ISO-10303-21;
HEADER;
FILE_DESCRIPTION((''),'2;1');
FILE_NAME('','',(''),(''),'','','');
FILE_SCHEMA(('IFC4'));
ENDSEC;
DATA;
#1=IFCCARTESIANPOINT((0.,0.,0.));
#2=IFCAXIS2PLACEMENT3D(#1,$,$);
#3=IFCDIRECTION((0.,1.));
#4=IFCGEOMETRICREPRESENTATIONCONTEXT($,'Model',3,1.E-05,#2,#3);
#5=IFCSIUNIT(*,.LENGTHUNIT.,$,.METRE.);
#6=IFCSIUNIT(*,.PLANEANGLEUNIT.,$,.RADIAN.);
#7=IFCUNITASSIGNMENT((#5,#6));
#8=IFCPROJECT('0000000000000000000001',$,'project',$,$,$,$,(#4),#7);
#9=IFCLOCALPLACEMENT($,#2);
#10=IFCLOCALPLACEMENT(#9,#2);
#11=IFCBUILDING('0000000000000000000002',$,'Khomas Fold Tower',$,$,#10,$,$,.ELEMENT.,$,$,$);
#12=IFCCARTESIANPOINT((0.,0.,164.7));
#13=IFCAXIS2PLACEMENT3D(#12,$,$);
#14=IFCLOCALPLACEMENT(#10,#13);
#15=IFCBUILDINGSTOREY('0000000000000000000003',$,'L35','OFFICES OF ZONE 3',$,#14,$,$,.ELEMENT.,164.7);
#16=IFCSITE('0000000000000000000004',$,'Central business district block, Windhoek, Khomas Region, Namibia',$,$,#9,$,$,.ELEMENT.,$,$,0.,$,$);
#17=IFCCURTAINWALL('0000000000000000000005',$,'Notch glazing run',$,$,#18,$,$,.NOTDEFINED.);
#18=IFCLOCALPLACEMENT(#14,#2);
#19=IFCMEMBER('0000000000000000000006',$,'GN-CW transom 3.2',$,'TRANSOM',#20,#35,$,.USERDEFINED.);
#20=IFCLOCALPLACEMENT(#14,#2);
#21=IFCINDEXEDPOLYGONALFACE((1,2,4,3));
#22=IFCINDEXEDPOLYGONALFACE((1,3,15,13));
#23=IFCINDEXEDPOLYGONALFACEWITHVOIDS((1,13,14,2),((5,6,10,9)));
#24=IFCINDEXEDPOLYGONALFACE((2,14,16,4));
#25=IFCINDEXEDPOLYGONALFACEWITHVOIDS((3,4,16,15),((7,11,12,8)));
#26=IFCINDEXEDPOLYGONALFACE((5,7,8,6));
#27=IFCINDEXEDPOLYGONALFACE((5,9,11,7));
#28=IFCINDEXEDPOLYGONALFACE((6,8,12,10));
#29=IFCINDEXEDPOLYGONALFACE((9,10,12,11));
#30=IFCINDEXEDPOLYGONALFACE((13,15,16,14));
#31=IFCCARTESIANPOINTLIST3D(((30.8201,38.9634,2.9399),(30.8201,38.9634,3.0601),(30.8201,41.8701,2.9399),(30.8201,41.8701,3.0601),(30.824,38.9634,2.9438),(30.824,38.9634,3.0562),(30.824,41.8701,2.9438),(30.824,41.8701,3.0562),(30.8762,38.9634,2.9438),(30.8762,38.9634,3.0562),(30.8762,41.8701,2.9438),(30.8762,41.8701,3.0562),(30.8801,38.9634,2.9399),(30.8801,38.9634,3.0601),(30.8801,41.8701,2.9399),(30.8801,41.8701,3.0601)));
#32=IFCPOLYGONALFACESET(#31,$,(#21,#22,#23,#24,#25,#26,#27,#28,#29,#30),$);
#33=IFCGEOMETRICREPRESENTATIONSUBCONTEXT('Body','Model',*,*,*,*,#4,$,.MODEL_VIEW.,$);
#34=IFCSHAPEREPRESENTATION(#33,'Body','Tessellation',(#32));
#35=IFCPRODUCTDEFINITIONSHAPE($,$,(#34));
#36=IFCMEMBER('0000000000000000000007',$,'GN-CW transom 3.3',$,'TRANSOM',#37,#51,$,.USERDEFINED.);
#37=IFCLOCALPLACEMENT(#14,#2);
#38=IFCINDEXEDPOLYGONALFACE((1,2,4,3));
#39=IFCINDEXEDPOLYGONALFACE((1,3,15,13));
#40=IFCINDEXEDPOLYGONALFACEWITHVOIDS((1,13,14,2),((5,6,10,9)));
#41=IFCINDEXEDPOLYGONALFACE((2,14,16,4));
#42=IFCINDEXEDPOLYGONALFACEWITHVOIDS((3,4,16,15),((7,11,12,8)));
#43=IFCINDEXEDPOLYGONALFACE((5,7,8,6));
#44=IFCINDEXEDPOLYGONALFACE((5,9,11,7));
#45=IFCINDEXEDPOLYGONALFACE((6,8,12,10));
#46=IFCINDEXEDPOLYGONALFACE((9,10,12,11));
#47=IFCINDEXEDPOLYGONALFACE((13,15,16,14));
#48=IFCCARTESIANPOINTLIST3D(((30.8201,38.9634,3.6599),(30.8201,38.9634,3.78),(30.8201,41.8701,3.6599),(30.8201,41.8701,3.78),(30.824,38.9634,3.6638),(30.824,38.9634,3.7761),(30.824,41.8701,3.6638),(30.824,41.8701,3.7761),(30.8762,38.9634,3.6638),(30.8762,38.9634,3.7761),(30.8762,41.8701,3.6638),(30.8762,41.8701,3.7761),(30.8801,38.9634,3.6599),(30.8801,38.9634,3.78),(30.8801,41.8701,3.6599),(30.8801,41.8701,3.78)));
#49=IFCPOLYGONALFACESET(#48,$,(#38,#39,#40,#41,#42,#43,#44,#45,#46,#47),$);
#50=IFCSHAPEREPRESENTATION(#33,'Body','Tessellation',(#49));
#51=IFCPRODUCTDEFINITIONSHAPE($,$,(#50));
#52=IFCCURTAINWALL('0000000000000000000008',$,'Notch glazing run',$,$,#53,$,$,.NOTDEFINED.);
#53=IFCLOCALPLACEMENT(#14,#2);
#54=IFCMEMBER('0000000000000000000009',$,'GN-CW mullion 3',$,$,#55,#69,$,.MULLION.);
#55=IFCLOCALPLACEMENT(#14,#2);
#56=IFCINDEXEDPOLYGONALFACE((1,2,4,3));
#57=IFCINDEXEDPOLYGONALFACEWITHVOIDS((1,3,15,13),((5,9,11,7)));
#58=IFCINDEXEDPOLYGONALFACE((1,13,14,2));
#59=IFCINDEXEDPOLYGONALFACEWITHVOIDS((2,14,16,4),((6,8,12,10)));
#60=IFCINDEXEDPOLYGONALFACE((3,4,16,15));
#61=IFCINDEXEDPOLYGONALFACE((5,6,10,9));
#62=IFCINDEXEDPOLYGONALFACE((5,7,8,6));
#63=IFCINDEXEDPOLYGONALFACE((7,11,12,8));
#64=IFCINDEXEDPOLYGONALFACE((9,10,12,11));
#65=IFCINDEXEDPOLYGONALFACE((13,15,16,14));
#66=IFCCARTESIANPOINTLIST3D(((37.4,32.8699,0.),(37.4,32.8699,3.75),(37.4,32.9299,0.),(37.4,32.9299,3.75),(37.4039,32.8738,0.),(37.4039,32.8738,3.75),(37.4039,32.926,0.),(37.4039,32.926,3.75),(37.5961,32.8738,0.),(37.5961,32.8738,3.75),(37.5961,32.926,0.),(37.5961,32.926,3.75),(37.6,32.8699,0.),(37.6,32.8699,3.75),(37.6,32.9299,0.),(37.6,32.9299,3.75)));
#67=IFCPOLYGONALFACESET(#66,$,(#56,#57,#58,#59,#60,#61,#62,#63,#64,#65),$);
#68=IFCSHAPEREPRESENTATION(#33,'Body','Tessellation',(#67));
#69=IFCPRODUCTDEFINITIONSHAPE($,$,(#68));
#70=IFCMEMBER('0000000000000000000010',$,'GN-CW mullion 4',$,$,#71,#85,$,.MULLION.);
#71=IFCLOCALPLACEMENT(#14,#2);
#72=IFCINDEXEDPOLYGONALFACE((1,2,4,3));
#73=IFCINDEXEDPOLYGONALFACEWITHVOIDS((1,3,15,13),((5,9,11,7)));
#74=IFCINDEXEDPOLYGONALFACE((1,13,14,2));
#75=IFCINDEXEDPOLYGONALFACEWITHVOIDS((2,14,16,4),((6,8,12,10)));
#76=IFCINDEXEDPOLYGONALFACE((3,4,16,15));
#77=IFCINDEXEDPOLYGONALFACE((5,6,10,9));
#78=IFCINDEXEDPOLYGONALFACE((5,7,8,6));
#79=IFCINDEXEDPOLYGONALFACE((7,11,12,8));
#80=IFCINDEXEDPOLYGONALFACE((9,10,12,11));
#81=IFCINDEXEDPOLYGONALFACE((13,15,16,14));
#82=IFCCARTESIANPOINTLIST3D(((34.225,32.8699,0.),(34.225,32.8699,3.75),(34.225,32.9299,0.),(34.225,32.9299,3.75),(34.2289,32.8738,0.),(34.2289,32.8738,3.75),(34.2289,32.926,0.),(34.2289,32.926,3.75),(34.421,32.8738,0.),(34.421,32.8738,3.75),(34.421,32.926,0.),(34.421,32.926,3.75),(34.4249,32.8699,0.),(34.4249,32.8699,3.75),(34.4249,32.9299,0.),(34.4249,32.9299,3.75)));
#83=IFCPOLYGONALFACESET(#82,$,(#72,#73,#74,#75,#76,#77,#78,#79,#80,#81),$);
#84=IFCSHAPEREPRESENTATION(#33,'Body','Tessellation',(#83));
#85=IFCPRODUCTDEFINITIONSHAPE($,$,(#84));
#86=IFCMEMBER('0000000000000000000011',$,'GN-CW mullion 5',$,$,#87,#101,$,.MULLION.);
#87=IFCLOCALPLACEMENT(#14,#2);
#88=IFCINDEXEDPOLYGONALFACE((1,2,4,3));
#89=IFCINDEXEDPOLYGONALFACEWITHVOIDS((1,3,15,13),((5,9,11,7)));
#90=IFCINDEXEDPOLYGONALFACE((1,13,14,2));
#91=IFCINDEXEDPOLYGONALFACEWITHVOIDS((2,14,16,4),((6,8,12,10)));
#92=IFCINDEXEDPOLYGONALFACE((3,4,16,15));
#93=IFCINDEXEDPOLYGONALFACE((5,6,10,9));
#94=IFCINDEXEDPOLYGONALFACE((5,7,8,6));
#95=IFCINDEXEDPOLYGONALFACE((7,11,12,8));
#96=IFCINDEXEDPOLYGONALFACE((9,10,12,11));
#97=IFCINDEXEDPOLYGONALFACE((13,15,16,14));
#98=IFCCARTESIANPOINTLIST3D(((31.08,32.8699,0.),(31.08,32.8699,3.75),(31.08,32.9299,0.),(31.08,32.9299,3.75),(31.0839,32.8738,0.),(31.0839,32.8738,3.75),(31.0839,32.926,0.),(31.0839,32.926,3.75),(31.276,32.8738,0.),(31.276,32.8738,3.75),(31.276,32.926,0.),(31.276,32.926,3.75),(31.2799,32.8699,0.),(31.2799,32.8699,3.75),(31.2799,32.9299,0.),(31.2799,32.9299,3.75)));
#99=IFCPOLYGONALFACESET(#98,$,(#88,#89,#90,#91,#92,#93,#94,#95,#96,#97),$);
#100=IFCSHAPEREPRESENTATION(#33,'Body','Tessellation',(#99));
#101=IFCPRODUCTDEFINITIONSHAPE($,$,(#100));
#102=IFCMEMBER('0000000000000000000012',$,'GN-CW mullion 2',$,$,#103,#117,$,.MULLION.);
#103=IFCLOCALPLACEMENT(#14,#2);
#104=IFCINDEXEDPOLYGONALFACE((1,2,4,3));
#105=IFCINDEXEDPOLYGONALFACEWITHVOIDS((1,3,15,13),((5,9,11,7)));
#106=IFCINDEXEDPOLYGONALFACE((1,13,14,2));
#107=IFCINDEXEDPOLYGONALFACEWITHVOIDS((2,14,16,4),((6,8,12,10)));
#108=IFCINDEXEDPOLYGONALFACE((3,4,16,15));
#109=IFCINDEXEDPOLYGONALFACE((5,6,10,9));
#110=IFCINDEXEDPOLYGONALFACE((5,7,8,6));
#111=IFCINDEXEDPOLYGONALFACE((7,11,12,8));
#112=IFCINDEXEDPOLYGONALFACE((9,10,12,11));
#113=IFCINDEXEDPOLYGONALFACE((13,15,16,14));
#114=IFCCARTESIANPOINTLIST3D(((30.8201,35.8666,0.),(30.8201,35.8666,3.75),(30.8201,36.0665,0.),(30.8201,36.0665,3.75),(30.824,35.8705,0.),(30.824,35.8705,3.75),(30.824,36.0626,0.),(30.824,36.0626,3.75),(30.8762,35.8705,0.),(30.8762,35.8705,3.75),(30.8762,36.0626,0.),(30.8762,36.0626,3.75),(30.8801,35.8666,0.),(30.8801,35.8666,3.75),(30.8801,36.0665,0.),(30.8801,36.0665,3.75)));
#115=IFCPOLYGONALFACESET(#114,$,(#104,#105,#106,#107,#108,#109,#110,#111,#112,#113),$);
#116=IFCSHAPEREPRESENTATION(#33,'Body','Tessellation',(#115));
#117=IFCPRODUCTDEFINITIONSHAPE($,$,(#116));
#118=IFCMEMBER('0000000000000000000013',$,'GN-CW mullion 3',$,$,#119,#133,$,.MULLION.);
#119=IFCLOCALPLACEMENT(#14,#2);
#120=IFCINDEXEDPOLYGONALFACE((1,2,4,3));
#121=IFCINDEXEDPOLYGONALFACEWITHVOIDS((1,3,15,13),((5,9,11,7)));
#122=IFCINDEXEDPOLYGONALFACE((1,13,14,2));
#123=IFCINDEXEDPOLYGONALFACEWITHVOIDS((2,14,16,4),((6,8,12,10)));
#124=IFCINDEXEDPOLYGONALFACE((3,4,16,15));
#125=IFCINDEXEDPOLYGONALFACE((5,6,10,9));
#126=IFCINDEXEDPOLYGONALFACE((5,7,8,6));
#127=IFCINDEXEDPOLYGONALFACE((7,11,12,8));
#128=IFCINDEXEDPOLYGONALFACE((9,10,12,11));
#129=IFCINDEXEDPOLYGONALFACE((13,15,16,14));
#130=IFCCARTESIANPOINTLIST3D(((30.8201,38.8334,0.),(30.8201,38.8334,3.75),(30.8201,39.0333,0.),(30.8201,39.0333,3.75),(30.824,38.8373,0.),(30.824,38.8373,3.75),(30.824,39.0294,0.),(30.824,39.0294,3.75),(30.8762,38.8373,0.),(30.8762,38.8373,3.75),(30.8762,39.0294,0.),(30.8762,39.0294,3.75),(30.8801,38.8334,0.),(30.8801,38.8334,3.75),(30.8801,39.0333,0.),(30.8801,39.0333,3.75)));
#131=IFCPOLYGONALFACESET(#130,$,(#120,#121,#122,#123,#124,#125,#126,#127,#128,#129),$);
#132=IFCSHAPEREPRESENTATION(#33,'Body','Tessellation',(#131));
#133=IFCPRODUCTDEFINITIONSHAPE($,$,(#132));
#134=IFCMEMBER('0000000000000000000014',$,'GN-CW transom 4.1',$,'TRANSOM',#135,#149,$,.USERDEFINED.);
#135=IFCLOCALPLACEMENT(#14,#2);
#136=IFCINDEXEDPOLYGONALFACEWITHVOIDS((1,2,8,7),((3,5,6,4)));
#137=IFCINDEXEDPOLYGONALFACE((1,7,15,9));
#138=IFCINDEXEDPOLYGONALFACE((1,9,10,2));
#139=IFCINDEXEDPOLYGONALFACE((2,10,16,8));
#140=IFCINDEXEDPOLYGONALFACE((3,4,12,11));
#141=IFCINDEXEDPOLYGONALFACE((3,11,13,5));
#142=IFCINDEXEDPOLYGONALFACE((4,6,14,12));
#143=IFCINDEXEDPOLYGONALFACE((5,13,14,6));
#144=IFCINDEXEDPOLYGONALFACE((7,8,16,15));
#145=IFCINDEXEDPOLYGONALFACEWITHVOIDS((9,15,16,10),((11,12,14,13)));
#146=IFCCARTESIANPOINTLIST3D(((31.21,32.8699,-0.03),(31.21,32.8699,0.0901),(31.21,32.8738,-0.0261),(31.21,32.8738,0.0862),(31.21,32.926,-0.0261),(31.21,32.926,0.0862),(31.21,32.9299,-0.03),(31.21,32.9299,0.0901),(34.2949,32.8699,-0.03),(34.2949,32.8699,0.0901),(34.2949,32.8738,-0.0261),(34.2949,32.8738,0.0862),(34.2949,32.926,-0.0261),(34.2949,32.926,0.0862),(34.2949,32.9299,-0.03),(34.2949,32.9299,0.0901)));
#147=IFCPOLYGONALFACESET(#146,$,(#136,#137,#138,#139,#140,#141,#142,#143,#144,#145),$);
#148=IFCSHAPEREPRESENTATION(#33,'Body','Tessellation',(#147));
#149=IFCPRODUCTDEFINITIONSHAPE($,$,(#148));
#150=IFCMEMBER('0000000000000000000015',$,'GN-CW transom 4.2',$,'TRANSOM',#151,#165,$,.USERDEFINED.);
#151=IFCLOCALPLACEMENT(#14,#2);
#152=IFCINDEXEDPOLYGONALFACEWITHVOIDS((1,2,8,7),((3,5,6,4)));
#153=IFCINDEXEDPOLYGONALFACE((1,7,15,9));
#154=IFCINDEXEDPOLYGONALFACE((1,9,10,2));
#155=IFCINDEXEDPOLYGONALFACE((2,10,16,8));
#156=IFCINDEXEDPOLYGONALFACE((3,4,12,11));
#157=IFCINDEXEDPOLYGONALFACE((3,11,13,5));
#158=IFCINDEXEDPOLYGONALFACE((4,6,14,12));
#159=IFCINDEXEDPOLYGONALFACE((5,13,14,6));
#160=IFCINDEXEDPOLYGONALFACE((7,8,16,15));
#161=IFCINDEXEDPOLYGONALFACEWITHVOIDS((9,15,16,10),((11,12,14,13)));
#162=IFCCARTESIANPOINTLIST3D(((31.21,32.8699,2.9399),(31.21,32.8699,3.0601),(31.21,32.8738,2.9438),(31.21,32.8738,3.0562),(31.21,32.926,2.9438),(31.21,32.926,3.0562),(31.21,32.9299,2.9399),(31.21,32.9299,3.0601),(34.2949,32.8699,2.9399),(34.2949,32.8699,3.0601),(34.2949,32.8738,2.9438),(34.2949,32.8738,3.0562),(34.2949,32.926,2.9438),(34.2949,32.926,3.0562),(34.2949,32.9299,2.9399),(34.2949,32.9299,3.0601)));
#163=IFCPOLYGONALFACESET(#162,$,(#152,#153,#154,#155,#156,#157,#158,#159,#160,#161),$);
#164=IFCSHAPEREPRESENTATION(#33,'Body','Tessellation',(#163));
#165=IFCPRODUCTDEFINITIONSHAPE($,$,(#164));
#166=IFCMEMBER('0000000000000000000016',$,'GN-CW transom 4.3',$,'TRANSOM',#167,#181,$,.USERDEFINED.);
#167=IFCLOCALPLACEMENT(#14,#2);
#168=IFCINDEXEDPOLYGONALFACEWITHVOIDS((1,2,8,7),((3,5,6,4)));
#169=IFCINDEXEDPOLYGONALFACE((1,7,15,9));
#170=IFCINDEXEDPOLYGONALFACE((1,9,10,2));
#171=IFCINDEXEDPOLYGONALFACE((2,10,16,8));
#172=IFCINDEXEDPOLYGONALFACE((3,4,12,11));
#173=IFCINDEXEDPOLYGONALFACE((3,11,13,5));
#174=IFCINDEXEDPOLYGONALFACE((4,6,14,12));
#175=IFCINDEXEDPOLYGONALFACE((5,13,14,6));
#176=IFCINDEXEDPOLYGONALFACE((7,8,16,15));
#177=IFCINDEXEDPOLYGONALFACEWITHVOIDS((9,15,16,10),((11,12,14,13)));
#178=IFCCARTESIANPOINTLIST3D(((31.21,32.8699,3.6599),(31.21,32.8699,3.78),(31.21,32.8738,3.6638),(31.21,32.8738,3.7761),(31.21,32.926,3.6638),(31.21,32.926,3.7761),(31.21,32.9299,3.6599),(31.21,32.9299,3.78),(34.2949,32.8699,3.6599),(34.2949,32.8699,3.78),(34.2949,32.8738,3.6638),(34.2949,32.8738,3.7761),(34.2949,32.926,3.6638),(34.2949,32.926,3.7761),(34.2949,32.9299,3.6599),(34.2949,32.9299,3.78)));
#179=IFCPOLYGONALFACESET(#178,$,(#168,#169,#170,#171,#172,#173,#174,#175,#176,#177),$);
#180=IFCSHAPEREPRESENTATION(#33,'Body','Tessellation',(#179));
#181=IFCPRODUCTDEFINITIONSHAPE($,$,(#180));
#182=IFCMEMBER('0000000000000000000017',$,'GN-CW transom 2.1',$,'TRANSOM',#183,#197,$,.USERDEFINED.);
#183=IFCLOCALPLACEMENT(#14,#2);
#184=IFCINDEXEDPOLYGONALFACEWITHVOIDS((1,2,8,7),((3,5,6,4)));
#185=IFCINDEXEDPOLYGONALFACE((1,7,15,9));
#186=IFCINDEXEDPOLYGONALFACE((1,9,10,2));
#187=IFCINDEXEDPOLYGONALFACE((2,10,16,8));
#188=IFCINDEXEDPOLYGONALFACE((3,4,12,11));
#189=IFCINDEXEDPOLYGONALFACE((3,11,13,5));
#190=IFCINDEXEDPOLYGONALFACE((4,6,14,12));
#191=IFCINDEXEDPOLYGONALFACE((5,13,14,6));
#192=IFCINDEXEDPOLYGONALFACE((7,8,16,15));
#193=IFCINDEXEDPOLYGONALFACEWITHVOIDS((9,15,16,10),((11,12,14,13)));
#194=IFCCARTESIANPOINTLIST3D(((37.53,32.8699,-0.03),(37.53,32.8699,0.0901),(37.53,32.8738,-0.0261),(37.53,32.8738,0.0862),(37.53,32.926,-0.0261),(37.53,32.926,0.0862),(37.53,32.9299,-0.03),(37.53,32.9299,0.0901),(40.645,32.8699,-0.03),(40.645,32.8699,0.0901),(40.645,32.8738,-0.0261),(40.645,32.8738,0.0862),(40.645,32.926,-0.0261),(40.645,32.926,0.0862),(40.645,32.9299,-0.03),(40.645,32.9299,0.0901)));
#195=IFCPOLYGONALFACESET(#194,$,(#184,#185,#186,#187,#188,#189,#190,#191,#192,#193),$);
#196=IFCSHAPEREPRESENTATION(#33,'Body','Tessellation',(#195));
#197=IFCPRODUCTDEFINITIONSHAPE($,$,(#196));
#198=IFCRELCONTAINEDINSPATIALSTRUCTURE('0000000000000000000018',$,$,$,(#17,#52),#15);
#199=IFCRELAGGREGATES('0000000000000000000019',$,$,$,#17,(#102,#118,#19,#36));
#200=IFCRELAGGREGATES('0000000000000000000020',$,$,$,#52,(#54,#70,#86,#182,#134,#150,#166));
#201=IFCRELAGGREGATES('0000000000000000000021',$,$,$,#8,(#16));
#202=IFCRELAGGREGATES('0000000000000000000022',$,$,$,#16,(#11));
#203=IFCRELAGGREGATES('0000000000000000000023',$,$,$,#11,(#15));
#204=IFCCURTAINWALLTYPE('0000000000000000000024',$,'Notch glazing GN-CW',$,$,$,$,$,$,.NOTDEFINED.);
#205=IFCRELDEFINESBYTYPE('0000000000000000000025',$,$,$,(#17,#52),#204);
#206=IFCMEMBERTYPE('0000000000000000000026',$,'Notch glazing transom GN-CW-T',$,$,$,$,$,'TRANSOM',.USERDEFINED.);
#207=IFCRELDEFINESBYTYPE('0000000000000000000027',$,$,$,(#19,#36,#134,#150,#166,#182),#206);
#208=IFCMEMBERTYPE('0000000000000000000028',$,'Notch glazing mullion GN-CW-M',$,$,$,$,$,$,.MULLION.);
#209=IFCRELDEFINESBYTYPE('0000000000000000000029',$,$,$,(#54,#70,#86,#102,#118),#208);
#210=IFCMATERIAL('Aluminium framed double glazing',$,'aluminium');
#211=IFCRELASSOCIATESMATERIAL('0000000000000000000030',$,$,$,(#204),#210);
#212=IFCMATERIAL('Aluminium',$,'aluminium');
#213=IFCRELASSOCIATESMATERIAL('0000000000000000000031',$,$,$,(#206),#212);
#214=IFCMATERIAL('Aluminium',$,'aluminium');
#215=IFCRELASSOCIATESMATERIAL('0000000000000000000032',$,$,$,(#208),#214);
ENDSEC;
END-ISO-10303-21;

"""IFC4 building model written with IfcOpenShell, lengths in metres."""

from ifc_helpers import new_model, si_unit, direction, frame, origin, origin_2d, place, context, subcontext, project, spatial, hollow_rectangle, extrude, source, transform, mapped, material, material_profile, profile_set, type_object, element, aggregate, save


model = new_model("IFC4")

# Units and contexts
model_context = context("Model", 3, precision=1e-05, world=origin(), true_north=direction((0.0, 1.0)))
body_context = subcontext(model_context, "Body", "Model", "MODEL_VIEW")
ifc_project = project(units=[si_unit("LENGTHUNIT", "METRE"), si_unit("PLANEANGLEUNIT", "RADIAN")], contexts=[model_context])

# Site, building, storey
site_placement = place(None, origin())
site = spatial("IfcSite", under=ifc_project, at=site_placement, Name="Central business district block, Windhoek, Khomas Region, Namibia", CompositionType="ELEMENT", RefElevation=0.0)
building_placement = place(site_placement, origin())
building = spatial("IfcBuilding", under=site, at=building_placement, Name="Khomas Fold Tower", CompositionType="ELEMENT")
storey_placement = place(building_placement, frame((0.0, 0.0, 164.7)))
storey = spatial("IfcBuildingStorey", under=building, at=storey_placement, Name="L35", Description="OFFICES OF ZONE 3", CompositionType="ELEMENT", Elevation=164.7)

# Curtain walls, members
ifc_material_1 = material(Name="Aluminium framed double glazing", Category="aluminium")
curtain_wall_type = type_object("IfcCurtainWallType", Name="Notch glazing GN-CW", PredefinedType="NOTDEFINED", material=ifc_material_1)
curtain_wall_1_placement = place(storey_placement, origin())
curtain_wall_1 = element("IfcCurtainWall", 1, at=curtain_wall_1_placement, inside=storey, type_object=curtain_wall_type, Name="Notch glazing run", PredefinedType="NOTDEFINED")
ifc_material_2 = material(Name="Aluminium", Category="aluminium")
ifc_material_profile_1 = material_profile(ifc_material_2, hollow_rectangle(XDim=0.0601, YDim=0.1201, WallThickness=0.0039, at=origin_2d()), Name="Notch glazing transom GN-CW-T")
ifc_profile_set_1 = profile_set([ifc_material_profile_1], Name="Aluminium")
member_type_1 = type_object("IfcMemberType", Name="Notch glazing transom GN-CW-T", ElementType="TRANSOM", PredefinedType="USERDEFINED", material=ifc_profile_set_1)
shared_shape_1 = source(origin(), body_context, "Body", "SweptSolid", [
    extrude(hollow_rectangle(XDim=0.0601, YDim=0.1201, WallThickness=0.0039, at=origin_2d()), origin(), (0.0, 0.0, 1.0), 2.9067),
])
member_1_placement = place(storey_placement, frame((30.8501, 38.9634, 3.0), z_axis=(0.0, 1.0, 0.0), x_axis=(-1.0, 0.0, 0.0)))
member_1 = element("IfcMember", 2, at=member_1_placement, type_object=member_type_1, Name="GN-CW transom 3.2", ObjectType="TRANSOM", PredefinedType="USERDEFINED", context=body_context, shape_type="MappedRepresentation", body=[
    mapped(shared_shape_1, transform((0.0, 0.0, 0.0))),
])
member_2_placement = place(storey_placement, frame((30.8501, 38.9634, 3.72), z_axis=(0.0, 1.0, 0.0), x_axis=(-1.0, 0.0, 0.0)))
member_2 = element("IfcMember", 3, at=member_2_placement, type_object=member_type_1, Name="GN-CW transom 3.3", ObjectType="TRANSOM", PredefinedType="USERDEFINED", context=body_context, shape_type="MappedRepresentation", body=[
    mapped(shared_shape_1, transform((0.0, 0.0, 0.0))),
])
curtain_wall_2_placement = place(storey_placement, origin())
curtain_wall_2 = element("IfcCurtainWall", 4, at=curtain_wall_2_placement, inside=storey, type_object=curtain_wall_type, Name="Notch glazing run", PredefinedType="NOTDEFINED")
ifc_material_3 = material(Name="Aluminium", Category="aluminium")
ifc_material_profile_2 = material_profile(ifc_material_3, hollow_rectangle(XDim=0.0601, YDim=0.2, WallThickness=0.0039, at=origin_2d()), Name="Notch glazing mullion GN-CW-M")
ifc_profile_set_2 = profile_set([ifc_material_profile_2], Name="Aluminium")
member_type_2 = type_object("IfcMemberType", Name="Notch glazing mullion GN-CW-M", PredefinedType="MULLION", material=ifc_profile_set_2)
shared_shape_2 = source(origin(), body_context, "Body", "SweptSolid", [
    extrude(hollow_rectangle(XDim=0.0601, YDim=0.2, WallThickness=0.0039, at=origin_2d()), origin(), (0.0, 0.0, 1.0), 3.75),
])
member_3_placement = place(storey_placement, frame((37.5, 32.8999, 0.0), z_axis=(0.0, 0.0, 1.0), x_axis=(0.0, -1.0, 0.0)))
member_3 = element("IfcMember", 5, at=member_3_placement, type_object=member_type_2, Name="GN-CW mullion 3", PredefinedType="MULLION", context=body_context, shape_type="MappedRepresentation", body=[
    mapped(shared_shape_2, transform((0.0, 0.0, 0.0))),
])
member_4_placement = place(storey_placement, frame((34.325, 32.8999, 0.0), z_axis=(0.0, 0.0, 1.0), x_axis=(0.0, -1.0, 0.0)))
member_4 = element("IfcMember", 6, at=member_4_placement, type_object=member_type_2, Name="GN-CW mullion 4", PredefinedType="MULLION", context=body_context, shape_type="MappedRepresentation", body=[
    mapped(shared_shape_2, transform((0.0, 0.0, 0.0))),
])
member_5_placement = place(storey_placement, frame((31.1799, 32.8999, 0.0), z_axis=(0.0, 0.0, 1.0), x_axis=(0.0, -1.0, 0.0)))
member_5 = element("IfcMember", 7, at=member_5_placement, type_object=member_type_2, Name="GN-CW mullion 5", PredefinedType="MULLION", context=body_context, shape_type="MappedRepresentation", body=[
    mapped(shared_shape_2, transform((0.0, 0.0, 0.0))),
])

# Members
member_6_placement = place(storey_placement, frame((30.8501, 35.9666, 0.0), z_axis=(0.0, 0.0, 1.0), x_axis=(-1.0, 0.0, 0.0)))
member_6 = element("IfcMember", 8, at=member_6_placement, type_object=member_type_2, Name="GN-CW mullion 2", PredefinedType="MULLION", context=body_context, shape_type="MappedRepresentation", body=[
    mapped(shared_shape_2, transform((0.0, 0.0, 0.0))),
])
member_7_placement = place(storey_placement, frame((30.8501, 38.9333, 0.0), z_axis=(0.0, 0.0, 1.0), x_axis=(-1.0, 0.0, 0.0)))
member_7 = element("IfcMember", 9, at=member_7_placement, type_object=member_type_2, Name="GN-CW mullion 3", PredefinedType="MULLION", context=body_context, shape_type="MappedRepresentation", body=[
    mapped(shared_shape_2, transform((0.0, 0.0, 0.0))),
])
shared_shape_3 = source(origin(), body_context, "Body", "SweptSolid", [
    extrude(hollow_rectangle(XDim=0.0601, YDim=0.1201, WallThickness=0.0039, at=origin_2d()), origin(), (0.0, 0.0, 1.0), 3.085),
])
member_8_placement = place(storey_placement, frame((34.2949, 32.8999, 0.03), z_axis=(-1.0, 0.0, 0.0), x_axis=(0.0, -1.0, 0.0)))
member_8 = element("IfcMember", 10, at=member_8_placement, type_object=member_type_1, Name="GN-CW transom 4.1", ObjectType="TRANSOM", PredefinedType="USERDEFINED", context=body_context, shape_type="MappedRepresentation", body=[
    mapped(shared_shape_3, transform((0.0, 0.0, 0.0))),
])
member_9_placement = place(storey_placement, frame((34.2949, 32.8999, 3.0), z_axis=(-1.0, 0.0, 0.0), x_axis=(0.0, -1.0, 0.0)))
member_9 = element("IfcMember", 11, at=member_9_placement, type_object=member_type_1, Name="GN-CW transom 4.2", ObjectType="TRANSOM", PredefinedType="USERDEFINED", context=body_context, shape_type="MappedRepresentation", body=[
    mapped(shared_shape_3, transform((0.0, 0.0, 0.0))),
])
member_10_placement = place(storey_placement, frame((34.2949, 32.8999, 3.72), z_axis=(-1.0, 0.0, 0.0), x_axis=(0.0, -1.0, 0.0)))
member_10 = element("IfcMember", 12, at=member_10_placement, type_object=member_type_1, Name="GN-CW transom 4.3", ObjectType="TRANSOM", PredefinedType="USERDEFINED", context=body_context, shape_type="MappedRepresentation", body=[
    mapped(shared_shape_3, transform((0.0, 0.0, 0.0))),
])
shared_shape_4 = source(origin(), body_context, "Body", "SweptSolid", [
    extrude(hollow_rectangle(XDim=0.0601, YDim=0.1201, WallThickness=0.0039, at=origin_2d()), origin(), (0.0, 0.0, 1.0), 3.115),
])
member_11_placement = place(storey_placement, frame((40.645, 32.8999, 0.03), z_axis=(-1.0, 0.0, 0.0), x_axis=(0.0, -1.0, 0.0)))
member_11 = element("IfcMember", 13, at=member_11_placement, type_object=member_type_1, Name="GN-CW transom 2.1", ObjectType="TRANSOM", PredefinedType="USERDEFINED", context=body_context, shape_type="MappedRepresentation", body=[
    mapped(shared_shape_4, transform((0.0, 0.0, 0.0))),
])

aggregate(curtain_wall_1, [member_6, member_7, member_1, member_2])
aggregate(curtain_wall_2, [member_3, member_4, member_5, member_11, member_8, member_9, member_10])

save(model, "model.ifc")
